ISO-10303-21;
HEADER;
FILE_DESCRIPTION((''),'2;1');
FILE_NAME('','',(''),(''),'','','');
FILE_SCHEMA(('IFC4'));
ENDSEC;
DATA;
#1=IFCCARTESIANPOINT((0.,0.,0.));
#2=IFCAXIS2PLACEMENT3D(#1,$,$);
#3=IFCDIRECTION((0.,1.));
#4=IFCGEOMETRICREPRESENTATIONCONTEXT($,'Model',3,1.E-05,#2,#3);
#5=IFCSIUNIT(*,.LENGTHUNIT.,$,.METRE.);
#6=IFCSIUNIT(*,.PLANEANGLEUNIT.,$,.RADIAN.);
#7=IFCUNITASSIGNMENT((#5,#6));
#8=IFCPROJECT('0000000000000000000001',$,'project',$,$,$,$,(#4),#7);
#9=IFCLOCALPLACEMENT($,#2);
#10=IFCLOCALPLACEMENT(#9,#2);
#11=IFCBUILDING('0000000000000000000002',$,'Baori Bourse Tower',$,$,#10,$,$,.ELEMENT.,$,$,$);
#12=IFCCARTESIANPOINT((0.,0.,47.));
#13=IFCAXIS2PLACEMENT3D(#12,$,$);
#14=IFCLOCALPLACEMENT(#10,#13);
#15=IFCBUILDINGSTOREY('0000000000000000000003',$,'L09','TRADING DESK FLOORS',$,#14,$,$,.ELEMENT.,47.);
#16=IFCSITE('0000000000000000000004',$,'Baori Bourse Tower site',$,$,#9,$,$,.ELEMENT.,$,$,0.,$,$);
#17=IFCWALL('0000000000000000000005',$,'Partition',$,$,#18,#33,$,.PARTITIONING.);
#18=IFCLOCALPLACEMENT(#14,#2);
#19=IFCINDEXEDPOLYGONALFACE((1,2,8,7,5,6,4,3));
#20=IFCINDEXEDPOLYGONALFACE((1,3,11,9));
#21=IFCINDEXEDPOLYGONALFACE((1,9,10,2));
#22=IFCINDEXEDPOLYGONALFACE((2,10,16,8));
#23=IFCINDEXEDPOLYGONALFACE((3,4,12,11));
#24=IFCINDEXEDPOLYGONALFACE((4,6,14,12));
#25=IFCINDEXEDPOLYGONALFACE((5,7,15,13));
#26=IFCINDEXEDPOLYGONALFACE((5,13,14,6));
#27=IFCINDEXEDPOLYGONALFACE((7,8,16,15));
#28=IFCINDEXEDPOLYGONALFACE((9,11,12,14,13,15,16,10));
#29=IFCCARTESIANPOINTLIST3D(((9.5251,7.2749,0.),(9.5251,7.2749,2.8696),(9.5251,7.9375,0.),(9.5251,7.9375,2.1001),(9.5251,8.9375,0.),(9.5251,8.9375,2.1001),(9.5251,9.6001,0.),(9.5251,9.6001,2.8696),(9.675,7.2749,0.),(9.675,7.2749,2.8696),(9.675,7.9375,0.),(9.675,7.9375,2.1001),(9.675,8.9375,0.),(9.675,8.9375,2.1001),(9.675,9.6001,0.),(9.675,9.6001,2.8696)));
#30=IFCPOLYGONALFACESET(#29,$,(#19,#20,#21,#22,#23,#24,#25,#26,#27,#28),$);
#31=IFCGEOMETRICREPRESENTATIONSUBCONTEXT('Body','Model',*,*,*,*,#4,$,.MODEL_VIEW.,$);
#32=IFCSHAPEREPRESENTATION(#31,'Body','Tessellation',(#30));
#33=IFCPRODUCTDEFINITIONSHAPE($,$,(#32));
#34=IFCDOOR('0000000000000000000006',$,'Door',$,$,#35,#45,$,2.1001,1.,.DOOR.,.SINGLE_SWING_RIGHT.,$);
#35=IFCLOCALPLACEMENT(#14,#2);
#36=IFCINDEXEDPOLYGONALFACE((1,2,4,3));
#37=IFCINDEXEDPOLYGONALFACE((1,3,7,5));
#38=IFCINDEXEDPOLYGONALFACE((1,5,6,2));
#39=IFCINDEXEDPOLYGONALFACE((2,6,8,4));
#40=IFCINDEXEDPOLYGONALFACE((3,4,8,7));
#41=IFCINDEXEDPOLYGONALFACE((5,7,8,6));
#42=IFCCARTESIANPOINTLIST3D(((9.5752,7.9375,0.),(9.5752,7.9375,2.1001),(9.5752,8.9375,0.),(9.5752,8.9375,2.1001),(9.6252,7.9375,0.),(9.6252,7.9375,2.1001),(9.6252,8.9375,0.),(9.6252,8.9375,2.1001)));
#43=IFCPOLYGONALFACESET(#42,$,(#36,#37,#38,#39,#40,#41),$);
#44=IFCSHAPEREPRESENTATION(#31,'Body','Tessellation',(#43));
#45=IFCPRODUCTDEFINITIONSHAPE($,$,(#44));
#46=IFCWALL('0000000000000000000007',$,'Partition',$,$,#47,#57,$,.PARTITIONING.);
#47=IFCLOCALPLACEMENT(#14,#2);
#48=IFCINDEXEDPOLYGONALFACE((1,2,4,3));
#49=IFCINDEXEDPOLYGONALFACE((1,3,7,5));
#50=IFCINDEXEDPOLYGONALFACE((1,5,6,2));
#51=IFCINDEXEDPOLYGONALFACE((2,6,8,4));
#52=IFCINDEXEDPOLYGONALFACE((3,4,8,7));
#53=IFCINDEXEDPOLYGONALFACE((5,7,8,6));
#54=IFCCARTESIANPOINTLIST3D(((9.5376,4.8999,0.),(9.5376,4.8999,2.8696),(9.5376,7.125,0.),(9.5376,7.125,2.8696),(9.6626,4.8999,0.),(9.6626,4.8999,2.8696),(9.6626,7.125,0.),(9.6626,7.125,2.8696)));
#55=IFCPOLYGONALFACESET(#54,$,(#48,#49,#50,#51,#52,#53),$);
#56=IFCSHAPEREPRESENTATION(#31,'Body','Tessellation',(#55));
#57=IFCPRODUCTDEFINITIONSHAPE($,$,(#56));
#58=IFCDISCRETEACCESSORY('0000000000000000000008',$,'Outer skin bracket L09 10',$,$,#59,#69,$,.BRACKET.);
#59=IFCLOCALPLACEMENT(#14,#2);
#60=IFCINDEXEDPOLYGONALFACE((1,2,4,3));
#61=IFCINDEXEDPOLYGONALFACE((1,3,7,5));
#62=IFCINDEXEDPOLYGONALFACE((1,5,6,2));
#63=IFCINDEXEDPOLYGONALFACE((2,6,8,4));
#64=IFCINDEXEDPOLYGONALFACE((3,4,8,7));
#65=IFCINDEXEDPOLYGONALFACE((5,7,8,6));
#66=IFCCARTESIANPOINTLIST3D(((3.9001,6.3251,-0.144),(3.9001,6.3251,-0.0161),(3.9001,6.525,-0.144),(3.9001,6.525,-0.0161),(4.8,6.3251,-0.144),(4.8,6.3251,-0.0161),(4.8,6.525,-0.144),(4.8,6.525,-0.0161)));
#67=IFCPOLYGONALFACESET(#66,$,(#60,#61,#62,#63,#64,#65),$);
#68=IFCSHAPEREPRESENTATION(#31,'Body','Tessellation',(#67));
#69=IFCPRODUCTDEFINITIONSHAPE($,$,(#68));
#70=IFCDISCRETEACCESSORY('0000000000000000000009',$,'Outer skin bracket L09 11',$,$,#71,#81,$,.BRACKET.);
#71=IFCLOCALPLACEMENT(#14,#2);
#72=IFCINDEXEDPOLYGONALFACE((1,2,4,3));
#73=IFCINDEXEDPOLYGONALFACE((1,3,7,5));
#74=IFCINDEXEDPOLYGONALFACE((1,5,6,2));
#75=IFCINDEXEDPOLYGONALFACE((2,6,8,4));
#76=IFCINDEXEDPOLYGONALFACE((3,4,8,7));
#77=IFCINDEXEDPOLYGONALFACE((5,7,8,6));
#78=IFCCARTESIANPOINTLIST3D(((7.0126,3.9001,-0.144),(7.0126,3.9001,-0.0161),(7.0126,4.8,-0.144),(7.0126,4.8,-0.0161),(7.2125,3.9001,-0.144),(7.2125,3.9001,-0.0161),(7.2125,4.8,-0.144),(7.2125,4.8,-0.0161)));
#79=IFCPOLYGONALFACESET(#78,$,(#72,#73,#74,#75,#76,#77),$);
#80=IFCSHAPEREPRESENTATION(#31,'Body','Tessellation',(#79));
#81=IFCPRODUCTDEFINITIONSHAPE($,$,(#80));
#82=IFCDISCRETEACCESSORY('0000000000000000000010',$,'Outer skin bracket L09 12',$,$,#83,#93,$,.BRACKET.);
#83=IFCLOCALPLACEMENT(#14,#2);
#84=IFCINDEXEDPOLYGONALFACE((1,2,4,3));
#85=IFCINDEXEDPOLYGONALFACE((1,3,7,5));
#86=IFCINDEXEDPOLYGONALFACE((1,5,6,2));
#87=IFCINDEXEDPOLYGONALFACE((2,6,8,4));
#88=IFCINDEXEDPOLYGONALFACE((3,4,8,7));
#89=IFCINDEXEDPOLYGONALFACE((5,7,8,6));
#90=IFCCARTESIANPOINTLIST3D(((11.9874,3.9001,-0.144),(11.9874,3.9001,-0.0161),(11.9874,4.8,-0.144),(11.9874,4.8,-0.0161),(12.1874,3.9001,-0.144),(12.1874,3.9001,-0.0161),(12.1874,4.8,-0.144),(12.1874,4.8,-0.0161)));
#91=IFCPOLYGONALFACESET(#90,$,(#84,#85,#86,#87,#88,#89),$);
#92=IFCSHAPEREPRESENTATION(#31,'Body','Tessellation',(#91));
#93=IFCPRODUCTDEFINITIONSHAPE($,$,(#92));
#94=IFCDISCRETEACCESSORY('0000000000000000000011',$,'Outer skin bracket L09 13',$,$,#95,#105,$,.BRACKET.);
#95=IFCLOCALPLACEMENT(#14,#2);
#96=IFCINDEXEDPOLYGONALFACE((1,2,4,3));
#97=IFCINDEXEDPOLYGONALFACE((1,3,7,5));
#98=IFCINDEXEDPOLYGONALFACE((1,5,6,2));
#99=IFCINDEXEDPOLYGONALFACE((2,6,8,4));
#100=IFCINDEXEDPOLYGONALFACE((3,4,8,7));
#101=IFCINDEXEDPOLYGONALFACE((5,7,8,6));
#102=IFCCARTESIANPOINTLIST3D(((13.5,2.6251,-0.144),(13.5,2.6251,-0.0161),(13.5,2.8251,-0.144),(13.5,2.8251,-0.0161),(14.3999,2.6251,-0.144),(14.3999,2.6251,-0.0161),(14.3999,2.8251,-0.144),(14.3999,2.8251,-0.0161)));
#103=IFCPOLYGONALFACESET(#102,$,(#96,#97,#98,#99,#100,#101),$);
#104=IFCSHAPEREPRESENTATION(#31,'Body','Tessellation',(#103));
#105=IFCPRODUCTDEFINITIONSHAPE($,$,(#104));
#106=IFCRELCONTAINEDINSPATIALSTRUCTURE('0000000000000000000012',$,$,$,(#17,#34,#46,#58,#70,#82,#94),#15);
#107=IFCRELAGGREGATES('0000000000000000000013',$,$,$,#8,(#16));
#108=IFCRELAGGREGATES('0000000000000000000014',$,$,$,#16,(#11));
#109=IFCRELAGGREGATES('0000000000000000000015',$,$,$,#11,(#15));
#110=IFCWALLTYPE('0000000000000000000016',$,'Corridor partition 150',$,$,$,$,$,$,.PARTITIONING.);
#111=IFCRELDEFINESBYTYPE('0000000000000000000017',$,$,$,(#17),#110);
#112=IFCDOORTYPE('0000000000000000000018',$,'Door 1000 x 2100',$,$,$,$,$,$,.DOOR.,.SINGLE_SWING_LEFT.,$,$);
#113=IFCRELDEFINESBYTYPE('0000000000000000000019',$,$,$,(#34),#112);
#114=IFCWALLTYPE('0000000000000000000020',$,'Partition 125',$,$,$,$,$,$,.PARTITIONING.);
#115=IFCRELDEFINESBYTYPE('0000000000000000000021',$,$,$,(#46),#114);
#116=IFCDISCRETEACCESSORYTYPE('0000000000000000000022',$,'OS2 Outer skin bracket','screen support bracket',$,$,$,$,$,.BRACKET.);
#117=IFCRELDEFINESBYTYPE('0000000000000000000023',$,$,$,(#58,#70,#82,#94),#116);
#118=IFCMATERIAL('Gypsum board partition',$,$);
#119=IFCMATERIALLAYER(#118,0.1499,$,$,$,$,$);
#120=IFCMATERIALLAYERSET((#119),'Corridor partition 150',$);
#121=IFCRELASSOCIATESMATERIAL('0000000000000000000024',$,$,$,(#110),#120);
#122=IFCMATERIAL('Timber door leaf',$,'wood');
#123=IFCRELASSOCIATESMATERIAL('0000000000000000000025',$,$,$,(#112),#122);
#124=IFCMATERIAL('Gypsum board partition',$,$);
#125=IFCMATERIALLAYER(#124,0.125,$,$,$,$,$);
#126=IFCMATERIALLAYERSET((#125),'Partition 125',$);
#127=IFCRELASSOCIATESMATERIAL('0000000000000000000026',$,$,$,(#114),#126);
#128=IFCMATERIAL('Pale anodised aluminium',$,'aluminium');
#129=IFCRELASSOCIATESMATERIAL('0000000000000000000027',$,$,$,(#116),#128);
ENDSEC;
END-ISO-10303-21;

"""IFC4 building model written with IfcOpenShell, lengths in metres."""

from ifc_helpers import new_model, si_unit, direction, frame, frame_2d, origin, origin_2d, place, context, subcontext, project, spatial, rectangle, extrude, material, layer, layer_set, type_object, element, fill, save


model = new_model("IFC4")

# Units and contexts
model_context = context("Model", 3, precision=1e-05, world=origin(), true_north=direction((0.0, 1.0)))
body_context = subcontext(model_context, "Body", "Model", "MODEL_VIEW")
ifc_project = project(units=[si_unit("LENGTHUNIT", "METRE"), si_unit("PLANEANGLEUNIT", "RADIAN")], contexts=[model_context])

# Site, building, storey
site_placement = place(None, origin())
site = spatial("IfcSite", under=ifc_project, at=site_placement, Name="Baori Bourse Tower site", CompositionType="ELEMENT", RefElevation=0.0)
building_placement = place(site_placement, origin())
building = spatial("IfcBuilding", under=site, at=building_placement, Name="Baori Bourse Tower", CompositionType="ELEMENT")
storey_placement = place(building_placement, frame((0.0, 0.0, 47.0)))
storey = spatial("IfcBuildingStorey", under=building, at=storey_placement, Name="L09", Description="TRADING DESK FLOORS", CompositionType="ELEMENT", Elevation=47.0)

# Wall, opening, door
ifc_material_1 = material(Name="Gypsum board partition")
ifc_layer_1 = layer(ifc_material_1, 0.1499)
ifc_layer_set_1 = layer_set([ifc_layer_1], Name="Corridor partition 150")
wall_type_1 = type_object("IfcWallType", Name="Corridor partition 150", PredefinedType="PARTITIONING", material=ifc_layer_set_1)
ifc_material_2 = material(Name="Timber door leaf", Category="wood")
door_type = type_object("IfcDoorType", Name="Door 1000 x 2100", OperationType="SINGLE_SWING_LEFT", PredefinedType="DOOR", material=ifc_material_2)
wall_1_placement = place(storey_placement, frame((9.6001, 7.2749, 0.0), z_axis=(0.0, 0.0, 1.0), x_axis=(0.0, 1.0, 0.0)))
wall_1 = element("IfcWall", 1, at=wall_1_placement, inside=storey, type_object=wall_type_1, Name="Partition", PredefinedType="PARTITIONING", context=body_context, shape_type="SweptSolid", body=[
    extrude(rectangle(XDim=2.3252, YDim=0.1499, at=frame_2d((1.1626, 0.0))), origin(), (0.0, 0.0, 1.0), 2.8696),
])
opening_1_placement = place(wall_1_placement, frame((0.6626, 0.0, 0.0)))
opening_1 = element("IfcOpeningElement", 2, at=opening_1_placement, cuts=wall_1, PredefinedType="OPENING", context=body_context, shape_type="SweptSolid", body=[
    extrude(rectangle(XDim=1.0, YDim=2.1001, at=frame_2d((0.5, 1.05))), frame((0.0, 0.085, 0.0), z_axis=(0.0, -1.0, 0.0), x_axis=(1.0, 0.0, 0.0)), (0.0, 0.0, 1.0), 0.1699),
])
door_1_placement = place(opening_1_placement, origin())
door_1 = element("IfcDoor", 3, at=door_1_placement, inside=storey, type_object=door_type, Name="Door", OperationType="SINGLE_SWING_RIGHT", OverallHeight=2.1001, OverallWidth=1.0, PredefinedType="DOOR", context=body_context, shape_type="SweptSolid", body=[
    extrude(rectangle(XDim=1.0, YDim=2.1001, at=frame_2d((0.5, 1.05))), frame((0.0, 0.0249, 0.0), z_axis=(0.0, -1.0, 0.0), x_axis=(1.0, 0.0, 0.0)), (0.0, 0.0, 1.0), 0.05),
])
fill(opening_1, door_1)

# Wall
ifc_material_3 = material(Name="Gypsum board partition")
ifc_layer_2 = layer(ifc_material_3, 0.125)
ifc_layer_set_2 = layer_set([ifc_layer_2], Name="Partition 125")
wall_type_2 = type_object("IfcWallType", Name="Partition 125", PredefinedType="PARTITIONING", material=ifc_layer_set_2)
wall_2_placement = place(storey_placement, frame((9.6001, 4.8999, 0.0), z_axis=(0.0, 0.0, 1.0), x_axis=(0.0, 1.0, 0.0)))
element("IfcWall", 4, at=wall_2_placement, inside=storey, type_object=wall_type_2, Name="Partition", PredefinedType="PARTITIONING", context=body_context, shape_type="SweptSolid", body=[
    extrude(rectangle(XDim=2.2251, YDim=0.125, at=frame_2d((1.1125, 0.0))), origin(), (0.0, 0.0, 1.0), 2.8696),
])

# Discrete accessories
ifc_material_4 = material(Name="Pale anodised aluminium", Category="aluminium")
discrete_accessory_type = type_object("IfcDiscreteAccessoryType", Name="OS2 Outer skin bracket", Description="screen support bracket", PredefinedType="BRACKET", material=ifc_material_4)
for number, where, z_axis, x_axis, name in (
    (5, (4.3501, 6.425, -0.144), (0.0, 0.0, 1.0), (0.0, -1.0, 0.0), "Outer skin bracket L09 10"),
    (6, (7.1125, 4.3501, -0.144), (0.0, 0.0, 1.0), (1.0, 0.0, 0.0), "Outer skin bracket L09 11"),
    (7, (12.0874, 4.3501, -0.144), (0.0, 0.0, 1.0), (1.0, 0.0, 0.0), "Outer skin bracket L09 12"),
    (8, (13.95, 2.7251, -0.144), (0.0, 0.0, 1.0), (0.0, -1.0, 0.0), "Outer skin bracket L09 13"),
):
    element("IfcDiscreteAccessory", number, at=place(storey_placement, frame(where, z_axis=z_axis, x_axis=x_axis)), inside=storey, type_object=discrete_accessory_type, Name=name, PredefinedType="BRACKET", context=body_context, shape_type="SweptSolid", body=[
        extrude(rectangle(XDim=0.2, YDim=0.8999, at=origin_2d()), origin(), (0.0, 0.0, 1.0), 0.1279),
    ])

save(model, "model.ifc")
